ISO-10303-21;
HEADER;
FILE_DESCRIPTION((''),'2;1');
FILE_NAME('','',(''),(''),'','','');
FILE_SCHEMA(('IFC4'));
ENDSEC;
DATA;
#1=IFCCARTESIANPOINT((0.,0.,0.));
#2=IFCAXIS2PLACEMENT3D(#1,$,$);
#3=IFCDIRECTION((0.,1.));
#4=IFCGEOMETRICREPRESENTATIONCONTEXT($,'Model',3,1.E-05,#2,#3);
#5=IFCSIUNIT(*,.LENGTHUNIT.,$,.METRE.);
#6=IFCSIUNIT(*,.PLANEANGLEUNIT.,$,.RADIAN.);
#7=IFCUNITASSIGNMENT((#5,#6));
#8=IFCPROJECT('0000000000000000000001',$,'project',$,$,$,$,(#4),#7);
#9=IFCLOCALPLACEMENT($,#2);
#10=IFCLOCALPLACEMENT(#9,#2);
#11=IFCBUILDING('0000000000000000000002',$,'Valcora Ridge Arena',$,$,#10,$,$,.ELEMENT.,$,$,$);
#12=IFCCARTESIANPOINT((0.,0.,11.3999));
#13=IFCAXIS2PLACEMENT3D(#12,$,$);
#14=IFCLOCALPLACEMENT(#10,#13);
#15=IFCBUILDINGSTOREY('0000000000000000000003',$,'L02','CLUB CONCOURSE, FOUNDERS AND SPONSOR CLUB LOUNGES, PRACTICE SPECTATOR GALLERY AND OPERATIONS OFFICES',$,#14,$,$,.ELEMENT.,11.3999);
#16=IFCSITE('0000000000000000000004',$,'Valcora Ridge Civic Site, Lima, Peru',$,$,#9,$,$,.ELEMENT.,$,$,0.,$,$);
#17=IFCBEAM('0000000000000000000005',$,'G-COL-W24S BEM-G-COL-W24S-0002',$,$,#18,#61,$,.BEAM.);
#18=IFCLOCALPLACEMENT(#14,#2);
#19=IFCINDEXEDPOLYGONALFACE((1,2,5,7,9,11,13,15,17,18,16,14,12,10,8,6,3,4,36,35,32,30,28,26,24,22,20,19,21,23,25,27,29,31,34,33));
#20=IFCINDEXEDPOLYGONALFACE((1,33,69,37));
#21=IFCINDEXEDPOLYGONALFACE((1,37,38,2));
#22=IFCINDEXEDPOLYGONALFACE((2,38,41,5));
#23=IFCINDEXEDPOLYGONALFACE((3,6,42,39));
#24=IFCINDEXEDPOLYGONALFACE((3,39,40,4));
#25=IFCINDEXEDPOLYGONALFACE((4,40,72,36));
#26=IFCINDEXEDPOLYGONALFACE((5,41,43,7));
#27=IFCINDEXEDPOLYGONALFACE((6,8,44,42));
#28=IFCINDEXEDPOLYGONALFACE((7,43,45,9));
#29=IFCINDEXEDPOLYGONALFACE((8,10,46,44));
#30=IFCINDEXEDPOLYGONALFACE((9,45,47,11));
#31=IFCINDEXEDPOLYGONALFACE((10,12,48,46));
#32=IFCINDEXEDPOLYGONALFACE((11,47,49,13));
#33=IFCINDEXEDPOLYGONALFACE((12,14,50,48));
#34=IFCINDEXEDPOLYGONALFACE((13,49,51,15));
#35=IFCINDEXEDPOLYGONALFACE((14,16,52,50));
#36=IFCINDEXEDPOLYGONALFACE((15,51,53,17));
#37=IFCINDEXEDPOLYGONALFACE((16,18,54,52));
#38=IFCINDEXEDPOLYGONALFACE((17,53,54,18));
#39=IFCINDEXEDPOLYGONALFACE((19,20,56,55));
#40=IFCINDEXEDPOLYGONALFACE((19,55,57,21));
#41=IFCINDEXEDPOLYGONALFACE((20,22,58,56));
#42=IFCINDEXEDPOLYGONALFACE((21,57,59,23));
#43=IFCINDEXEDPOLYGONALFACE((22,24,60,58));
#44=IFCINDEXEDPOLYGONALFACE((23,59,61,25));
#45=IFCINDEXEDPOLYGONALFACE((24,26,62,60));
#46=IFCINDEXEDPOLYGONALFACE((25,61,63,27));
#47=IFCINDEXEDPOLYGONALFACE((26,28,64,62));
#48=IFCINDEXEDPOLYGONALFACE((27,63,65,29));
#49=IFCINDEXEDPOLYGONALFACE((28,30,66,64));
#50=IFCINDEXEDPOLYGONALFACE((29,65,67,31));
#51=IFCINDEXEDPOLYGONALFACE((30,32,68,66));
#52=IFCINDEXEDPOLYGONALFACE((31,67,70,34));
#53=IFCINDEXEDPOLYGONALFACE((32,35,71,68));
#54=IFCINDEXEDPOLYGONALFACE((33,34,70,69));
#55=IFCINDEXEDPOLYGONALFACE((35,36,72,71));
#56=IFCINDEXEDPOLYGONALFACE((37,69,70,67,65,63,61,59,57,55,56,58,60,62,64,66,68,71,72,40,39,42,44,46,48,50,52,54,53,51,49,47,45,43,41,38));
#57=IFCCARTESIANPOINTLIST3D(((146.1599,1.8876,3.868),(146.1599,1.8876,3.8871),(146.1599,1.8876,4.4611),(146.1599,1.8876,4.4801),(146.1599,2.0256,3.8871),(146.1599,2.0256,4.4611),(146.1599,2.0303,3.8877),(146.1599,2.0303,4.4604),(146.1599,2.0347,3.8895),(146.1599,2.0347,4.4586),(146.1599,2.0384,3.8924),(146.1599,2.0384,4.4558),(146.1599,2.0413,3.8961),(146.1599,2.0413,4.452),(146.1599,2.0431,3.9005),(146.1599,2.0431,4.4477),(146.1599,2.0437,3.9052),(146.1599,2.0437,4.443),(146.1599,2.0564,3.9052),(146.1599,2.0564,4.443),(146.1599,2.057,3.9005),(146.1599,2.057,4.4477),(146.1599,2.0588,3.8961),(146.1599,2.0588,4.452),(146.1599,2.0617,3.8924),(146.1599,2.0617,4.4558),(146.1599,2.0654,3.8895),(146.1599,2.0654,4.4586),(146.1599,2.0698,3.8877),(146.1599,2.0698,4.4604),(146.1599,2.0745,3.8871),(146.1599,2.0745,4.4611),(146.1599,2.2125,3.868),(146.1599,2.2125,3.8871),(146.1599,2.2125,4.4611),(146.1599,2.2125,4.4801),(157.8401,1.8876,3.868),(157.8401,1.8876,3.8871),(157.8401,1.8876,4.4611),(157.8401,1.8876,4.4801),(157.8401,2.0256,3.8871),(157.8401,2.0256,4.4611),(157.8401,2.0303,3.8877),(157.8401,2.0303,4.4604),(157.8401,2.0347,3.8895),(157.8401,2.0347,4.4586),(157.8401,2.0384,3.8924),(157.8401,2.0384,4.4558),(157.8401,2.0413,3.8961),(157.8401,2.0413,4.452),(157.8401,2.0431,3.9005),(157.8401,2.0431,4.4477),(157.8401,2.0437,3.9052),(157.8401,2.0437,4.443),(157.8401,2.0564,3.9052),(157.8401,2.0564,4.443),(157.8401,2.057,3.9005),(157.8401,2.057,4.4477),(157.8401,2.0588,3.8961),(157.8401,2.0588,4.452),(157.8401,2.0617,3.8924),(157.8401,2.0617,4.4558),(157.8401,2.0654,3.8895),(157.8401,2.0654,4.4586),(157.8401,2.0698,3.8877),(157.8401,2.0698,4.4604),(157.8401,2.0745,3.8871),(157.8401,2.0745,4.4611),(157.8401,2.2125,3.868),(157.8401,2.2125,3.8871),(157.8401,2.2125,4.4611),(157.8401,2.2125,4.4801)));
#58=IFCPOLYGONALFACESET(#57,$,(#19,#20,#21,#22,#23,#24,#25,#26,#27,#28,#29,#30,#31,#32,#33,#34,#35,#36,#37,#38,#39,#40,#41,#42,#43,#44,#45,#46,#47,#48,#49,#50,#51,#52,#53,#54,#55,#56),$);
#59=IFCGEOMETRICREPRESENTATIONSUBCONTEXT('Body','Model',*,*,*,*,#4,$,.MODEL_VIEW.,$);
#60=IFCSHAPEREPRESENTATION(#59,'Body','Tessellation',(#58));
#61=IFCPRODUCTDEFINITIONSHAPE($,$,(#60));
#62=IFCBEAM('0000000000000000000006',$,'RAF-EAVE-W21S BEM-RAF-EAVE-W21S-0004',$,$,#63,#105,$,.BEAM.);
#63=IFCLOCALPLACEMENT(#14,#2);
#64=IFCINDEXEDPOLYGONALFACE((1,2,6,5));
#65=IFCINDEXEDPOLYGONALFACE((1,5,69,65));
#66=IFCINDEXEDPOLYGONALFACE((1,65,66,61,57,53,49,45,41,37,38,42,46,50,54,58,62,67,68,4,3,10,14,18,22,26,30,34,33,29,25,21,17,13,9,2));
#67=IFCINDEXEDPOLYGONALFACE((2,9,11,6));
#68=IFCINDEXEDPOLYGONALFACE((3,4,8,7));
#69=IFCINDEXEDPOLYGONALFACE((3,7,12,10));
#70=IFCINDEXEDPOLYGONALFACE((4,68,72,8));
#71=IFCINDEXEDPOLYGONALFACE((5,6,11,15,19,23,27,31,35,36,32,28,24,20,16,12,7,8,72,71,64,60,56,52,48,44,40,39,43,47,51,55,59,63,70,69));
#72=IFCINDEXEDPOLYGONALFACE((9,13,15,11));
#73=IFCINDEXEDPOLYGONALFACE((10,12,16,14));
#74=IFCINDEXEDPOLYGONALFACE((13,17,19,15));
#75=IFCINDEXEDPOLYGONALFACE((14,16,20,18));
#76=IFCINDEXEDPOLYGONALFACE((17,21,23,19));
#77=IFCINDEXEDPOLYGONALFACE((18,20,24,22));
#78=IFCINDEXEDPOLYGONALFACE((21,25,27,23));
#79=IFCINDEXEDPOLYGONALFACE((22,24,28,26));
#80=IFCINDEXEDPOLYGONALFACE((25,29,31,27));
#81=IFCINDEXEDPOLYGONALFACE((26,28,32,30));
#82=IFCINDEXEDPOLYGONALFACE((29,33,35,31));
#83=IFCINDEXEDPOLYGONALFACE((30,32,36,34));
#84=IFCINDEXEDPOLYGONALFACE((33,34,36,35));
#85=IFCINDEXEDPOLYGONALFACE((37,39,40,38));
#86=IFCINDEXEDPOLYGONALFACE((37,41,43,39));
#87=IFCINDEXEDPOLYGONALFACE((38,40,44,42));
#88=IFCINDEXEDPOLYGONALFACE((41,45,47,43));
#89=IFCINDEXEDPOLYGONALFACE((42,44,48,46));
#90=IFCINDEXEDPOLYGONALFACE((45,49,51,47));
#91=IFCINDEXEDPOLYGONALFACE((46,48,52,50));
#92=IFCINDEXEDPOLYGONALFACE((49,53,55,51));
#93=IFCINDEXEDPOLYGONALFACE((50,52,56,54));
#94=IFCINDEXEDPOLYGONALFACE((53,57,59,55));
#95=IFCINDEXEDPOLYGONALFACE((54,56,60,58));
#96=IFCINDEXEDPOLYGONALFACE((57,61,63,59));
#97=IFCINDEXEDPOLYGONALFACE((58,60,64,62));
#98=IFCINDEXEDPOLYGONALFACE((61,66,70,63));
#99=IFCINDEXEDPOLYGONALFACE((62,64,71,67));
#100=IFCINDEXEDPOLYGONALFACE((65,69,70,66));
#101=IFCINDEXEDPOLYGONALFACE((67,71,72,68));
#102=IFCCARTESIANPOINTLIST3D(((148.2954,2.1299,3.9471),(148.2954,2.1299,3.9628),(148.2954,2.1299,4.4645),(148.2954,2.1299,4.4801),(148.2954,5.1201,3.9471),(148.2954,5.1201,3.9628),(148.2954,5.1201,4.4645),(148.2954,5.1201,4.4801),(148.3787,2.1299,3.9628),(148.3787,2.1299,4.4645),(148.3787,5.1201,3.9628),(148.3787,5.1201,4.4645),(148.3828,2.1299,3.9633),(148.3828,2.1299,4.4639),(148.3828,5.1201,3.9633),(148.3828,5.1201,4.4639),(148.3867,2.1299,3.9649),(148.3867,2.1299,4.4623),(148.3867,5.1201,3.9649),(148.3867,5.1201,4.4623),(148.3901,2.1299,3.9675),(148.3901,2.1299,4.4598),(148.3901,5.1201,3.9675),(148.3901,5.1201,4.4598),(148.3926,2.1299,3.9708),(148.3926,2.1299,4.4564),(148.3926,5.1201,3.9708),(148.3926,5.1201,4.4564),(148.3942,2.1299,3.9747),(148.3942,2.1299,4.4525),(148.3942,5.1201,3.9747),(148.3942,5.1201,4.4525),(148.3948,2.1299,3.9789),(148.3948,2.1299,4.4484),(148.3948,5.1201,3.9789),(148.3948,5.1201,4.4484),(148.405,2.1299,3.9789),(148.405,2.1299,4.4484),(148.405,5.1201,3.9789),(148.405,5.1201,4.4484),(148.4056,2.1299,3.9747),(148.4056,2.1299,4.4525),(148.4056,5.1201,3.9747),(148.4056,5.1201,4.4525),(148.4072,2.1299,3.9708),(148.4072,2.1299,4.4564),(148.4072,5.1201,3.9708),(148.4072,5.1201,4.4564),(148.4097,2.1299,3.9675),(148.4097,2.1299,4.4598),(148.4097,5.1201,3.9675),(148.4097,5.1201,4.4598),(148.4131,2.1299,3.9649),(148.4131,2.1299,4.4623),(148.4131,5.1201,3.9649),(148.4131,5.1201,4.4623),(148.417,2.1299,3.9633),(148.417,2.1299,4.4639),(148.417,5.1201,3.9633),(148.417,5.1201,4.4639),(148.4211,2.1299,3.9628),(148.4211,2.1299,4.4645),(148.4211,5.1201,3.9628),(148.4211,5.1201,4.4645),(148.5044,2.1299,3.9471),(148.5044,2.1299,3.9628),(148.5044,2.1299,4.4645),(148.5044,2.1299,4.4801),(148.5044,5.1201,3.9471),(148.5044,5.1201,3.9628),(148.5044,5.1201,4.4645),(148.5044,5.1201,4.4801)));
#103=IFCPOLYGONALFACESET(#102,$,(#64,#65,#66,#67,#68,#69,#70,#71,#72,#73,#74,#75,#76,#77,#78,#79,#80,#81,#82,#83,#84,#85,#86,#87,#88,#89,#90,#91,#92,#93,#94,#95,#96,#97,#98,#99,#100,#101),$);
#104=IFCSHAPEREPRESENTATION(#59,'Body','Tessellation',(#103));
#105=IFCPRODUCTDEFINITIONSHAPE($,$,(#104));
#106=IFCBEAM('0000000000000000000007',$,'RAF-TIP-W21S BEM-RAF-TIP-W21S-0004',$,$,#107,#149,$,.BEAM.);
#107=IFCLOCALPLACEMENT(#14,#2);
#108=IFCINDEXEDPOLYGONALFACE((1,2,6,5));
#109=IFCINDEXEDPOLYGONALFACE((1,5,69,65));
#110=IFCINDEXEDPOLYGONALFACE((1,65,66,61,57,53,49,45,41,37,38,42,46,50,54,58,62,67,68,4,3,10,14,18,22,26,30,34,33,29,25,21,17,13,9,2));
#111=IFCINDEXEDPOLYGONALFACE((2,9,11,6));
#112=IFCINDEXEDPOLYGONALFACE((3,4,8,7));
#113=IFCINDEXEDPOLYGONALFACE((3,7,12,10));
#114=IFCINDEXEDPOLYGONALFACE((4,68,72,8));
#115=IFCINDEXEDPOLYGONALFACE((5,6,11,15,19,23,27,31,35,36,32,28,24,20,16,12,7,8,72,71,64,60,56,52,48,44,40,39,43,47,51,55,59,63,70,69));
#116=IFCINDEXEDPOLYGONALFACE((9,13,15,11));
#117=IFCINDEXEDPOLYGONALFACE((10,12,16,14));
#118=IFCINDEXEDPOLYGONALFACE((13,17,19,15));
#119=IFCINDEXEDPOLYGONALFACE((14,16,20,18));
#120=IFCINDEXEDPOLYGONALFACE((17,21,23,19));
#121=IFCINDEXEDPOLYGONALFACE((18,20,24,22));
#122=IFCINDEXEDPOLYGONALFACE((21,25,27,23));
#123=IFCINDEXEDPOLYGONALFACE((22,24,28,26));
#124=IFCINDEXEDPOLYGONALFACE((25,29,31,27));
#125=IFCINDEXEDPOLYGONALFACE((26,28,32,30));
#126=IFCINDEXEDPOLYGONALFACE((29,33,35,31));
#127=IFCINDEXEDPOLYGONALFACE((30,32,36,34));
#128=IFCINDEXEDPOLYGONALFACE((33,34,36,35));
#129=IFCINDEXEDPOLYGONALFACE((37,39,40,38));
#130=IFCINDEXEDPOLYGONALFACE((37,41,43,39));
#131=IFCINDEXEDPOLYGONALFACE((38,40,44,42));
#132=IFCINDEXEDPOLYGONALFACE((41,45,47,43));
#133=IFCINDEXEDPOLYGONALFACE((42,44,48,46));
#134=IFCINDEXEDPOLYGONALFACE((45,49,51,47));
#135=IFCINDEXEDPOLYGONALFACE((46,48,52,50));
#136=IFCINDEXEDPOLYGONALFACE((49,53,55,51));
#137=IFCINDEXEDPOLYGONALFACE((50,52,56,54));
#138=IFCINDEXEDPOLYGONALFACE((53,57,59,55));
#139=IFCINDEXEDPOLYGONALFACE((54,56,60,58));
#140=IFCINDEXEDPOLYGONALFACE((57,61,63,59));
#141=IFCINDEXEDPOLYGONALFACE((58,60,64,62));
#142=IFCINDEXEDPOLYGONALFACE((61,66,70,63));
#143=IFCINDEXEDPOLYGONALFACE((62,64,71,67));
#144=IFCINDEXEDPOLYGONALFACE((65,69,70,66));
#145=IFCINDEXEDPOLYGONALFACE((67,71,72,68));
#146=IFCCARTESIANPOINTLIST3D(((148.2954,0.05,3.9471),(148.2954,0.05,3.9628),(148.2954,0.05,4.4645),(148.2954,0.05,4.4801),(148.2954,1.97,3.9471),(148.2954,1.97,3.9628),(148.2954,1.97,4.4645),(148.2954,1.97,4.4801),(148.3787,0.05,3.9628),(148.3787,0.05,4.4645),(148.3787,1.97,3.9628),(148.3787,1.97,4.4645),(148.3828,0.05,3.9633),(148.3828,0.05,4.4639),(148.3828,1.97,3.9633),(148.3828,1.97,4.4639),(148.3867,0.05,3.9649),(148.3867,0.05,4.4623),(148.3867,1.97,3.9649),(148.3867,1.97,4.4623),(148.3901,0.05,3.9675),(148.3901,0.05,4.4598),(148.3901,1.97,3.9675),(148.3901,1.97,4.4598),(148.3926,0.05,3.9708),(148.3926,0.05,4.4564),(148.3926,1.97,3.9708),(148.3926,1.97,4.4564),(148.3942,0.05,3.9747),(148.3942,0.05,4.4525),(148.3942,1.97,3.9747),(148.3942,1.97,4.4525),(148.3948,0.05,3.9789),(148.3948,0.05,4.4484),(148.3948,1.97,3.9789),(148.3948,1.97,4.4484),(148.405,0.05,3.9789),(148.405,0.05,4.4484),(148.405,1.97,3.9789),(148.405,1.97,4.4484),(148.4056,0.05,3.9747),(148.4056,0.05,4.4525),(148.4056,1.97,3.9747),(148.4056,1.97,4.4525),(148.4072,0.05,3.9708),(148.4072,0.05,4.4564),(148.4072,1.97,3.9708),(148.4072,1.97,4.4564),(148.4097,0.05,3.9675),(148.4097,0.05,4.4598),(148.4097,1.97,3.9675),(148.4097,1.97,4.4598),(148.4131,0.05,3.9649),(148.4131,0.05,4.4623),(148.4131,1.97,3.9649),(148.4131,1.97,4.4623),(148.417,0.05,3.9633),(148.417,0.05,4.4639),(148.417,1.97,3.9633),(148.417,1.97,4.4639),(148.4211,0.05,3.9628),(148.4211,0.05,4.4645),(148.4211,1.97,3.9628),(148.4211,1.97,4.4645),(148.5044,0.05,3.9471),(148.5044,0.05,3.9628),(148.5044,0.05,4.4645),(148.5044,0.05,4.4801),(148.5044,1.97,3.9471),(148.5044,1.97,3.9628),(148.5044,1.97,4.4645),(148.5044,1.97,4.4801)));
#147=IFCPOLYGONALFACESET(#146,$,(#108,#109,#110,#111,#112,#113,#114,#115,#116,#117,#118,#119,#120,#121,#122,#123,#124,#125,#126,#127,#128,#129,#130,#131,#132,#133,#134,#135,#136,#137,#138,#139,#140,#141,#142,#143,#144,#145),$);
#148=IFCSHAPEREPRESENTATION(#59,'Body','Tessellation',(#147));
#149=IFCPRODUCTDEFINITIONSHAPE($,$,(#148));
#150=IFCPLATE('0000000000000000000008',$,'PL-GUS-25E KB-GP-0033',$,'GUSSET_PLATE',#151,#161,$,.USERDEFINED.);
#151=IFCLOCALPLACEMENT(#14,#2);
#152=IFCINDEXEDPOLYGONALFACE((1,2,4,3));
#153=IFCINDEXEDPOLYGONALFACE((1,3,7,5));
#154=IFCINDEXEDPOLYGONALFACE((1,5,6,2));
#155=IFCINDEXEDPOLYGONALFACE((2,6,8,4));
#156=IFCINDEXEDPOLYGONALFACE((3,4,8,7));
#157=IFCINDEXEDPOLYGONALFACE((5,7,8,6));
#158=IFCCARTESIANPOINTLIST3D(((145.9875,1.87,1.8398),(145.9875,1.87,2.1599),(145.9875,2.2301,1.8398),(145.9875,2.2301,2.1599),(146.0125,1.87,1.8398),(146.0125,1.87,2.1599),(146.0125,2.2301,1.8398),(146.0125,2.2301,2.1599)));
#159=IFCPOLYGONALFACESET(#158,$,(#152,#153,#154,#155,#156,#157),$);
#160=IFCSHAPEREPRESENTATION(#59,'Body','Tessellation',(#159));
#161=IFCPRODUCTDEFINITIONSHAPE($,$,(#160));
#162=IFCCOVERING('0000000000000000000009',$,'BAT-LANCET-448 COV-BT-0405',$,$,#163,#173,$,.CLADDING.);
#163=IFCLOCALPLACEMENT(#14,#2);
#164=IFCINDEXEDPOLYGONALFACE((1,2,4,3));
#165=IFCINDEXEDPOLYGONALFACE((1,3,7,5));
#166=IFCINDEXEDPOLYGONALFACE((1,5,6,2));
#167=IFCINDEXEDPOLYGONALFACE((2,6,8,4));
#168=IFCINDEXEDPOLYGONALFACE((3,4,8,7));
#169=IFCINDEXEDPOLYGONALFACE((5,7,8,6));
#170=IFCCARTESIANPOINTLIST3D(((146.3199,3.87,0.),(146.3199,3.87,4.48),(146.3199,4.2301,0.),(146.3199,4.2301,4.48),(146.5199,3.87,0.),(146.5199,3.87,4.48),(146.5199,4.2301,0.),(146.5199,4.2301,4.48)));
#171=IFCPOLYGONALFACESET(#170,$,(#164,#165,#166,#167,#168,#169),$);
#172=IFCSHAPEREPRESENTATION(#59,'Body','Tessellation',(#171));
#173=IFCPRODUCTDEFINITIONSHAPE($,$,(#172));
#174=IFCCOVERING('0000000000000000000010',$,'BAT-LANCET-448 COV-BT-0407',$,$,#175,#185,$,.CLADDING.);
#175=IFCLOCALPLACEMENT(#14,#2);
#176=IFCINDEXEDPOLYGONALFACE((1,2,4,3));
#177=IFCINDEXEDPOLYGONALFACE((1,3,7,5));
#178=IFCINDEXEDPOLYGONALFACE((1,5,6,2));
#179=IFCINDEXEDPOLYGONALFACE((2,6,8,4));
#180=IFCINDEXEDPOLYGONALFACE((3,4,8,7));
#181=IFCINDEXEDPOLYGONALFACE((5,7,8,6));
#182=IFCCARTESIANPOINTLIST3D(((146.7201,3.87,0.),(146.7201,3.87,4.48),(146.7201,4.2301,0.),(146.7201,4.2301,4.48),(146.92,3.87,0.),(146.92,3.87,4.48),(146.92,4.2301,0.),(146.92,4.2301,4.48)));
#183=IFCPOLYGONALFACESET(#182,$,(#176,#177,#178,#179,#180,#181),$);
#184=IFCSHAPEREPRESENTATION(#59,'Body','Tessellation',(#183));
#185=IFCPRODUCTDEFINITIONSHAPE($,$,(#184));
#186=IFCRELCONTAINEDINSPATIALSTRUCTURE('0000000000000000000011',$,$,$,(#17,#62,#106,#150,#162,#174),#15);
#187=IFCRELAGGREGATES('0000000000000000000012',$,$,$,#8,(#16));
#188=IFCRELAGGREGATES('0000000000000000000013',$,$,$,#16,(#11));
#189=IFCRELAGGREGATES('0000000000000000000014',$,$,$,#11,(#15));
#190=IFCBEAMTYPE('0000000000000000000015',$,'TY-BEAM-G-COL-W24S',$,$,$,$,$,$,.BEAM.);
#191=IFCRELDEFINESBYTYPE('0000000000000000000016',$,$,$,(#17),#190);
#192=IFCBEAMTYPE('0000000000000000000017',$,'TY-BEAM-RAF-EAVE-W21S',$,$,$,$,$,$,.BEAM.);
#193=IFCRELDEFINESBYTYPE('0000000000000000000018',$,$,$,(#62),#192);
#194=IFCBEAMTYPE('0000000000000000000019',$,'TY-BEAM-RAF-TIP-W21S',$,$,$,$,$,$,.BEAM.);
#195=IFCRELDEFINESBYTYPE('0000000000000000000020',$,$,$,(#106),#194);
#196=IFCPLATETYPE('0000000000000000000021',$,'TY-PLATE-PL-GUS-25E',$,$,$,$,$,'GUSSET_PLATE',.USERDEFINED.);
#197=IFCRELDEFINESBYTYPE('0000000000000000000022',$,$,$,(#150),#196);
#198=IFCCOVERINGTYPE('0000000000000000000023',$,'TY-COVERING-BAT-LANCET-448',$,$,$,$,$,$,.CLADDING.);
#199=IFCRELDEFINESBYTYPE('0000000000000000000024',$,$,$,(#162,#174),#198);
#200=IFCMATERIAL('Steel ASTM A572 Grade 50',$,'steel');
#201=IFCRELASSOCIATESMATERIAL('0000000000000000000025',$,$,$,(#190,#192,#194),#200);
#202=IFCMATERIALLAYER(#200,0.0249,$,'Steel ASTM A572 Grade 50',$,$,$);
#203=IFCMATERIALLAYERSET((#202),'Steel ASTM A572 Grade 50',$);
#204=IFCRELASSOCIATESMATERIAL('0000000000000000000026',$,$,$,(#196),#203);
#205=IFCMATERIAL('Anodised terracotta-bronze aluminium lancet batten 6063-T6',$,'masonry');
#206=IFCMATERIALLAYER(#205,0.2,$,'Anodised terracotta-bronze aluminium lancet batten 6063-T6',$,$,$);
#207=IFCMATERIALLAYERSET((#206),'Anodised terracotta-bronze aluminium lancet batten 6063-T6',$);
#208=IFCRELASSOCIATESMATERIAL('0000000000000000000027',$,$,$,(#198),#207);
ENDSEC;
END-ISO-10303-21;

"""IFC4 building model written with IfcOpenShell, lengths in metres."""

from ifc_helpers import new_model, si_unit, direction, frame, origin, origin_2d, place, context, subcontext, project, spatial, rectangle, i_section, extrude, material, layer, layer_set, material_profile, profile_set, type_object, element, save


model = new_model("IFC4")

# Units and contexts
model_context = context("Model", 3, precision=1e-05, world=origin(), true_north=direction((0.0, 1.0)))
body_context = subcontext(model_context, "Body", "Model", "MODEL_VIEW")
ifc_project = project(units=[si_unit("LENGTHUNIT", "METRE"), si_unit("PLANEANGLEUNIT", "RADIAN")], contexts=[model_context])

# Site, building, storey
site_placement = place(None, origin())
site = spatial("IfcSite", under=ifc_project, at=site_placement, Name="Valcora Ridge Civic Site, Lima, Peru", CompositionType="ELEMENT", RefElevation=0.0)
building_placement = place(site_placement, origin())
building = spatial("IfcBuilding", under=site, at=building_placement, Name="Valcora Ridge Arena", CompositionType="ELEMENT")
storey_placement = place(building_placement, frame((0.0, 0.0, 11.3999)))
storey = spatial("IfcBuildingStorey", under=building, at=storey_placement, Name="L02", Description="CLUB CONCOURSE, FOUNDERS AND SPONSOR CLUB LOUNGES, PRACTICE SPECTATOR GALLERY AND OPERATIONS OFFICES", CompositionType="ELEMENT", Elevation=11.3999)

# Beams
ifc_material_1 = material(Name="Steel ASTM A572 Grade 50", Category="steel")
ifc_material_profile_1 = material_profile(ifc_material_1, i_section(OverallWidth=0.325, OverallDepth=0.6121, WebThickness=0.0127, FlangeThickness=0.019, FilletRadius=0.0181, at=origin_2d()), Name="W24X104")
ifc_profile_set_1 = profile_set([ifc_material_profile_1], Name="Steel ASTM A572 Grade 50")
beam_type_1 = type_object("IfcBeamType", Name="TY-BEAM-G-COL-W24S", PredefinedType="BEAM", material=ifc_profile_set_1)
beam_1_placement = place(storey_placement, frame((146.1599, 2.05, 4.1741), z_axis=(1.0, 0.0, 0.0), x_axis=(0.0, 1.0, 0.0)))
element("IfcBeam", 1, at=beam_1_placement, inside=storey, type_object=beam_type_1, Name="G-COL-W24S BEM-G-COL-W24S-0002", PredefinedType="BEAM", context=body_context, shape_type="SweptSolid", body=[
    extrude(i_section(OverallWidth=0.325, OverallDepth=0.6121, WebThickness=0.0127, FlangeThickness=0.019, FilletRadius=0.0181, at=origin_2d()), origin(), (0.0, 0.0, 1.0), 11.6802),
])
ifc_material_profile_2 = material_profile(ifc_material_1, i_section(OverallWidth=0.209, OverallDepth=0.533, WebThickness=0.0103, FlangeThickness=0.0156, FilletRadius=0.0161, at=origin_2d()), Name="W21X62")
ifc_profile_set_2 = profile_set([ifc_material_profile_2], Name="Steel ASTM A572 Grade 50")
beam_type_2 = type_object("IfcBeamType", Name="TY-BEAM-RAF-EAVE-W21S", PredefinedType="BEAM", material=ifc_profile_set_2)
beam_2_placement = place(storey_placement, frame((148.3999, 2.1299, 4.2136), z_axis=(0.0, 1.0, 0.0), x_axis=(-1.0, 0.0, 0.0)))
element("IfcBeam", 2, at=beam_2_placement, inside=storey, type_object=beam_type_2, Name="RAF-EAVE-W21S BEM-RAF-EAVE-W21S-0004", PredefinedType="BEAM", context=body_context, shape_type="SweptSolid", body=[
    extrude(i_section(OverallWidth=0.209, OverallDepth=0.533, WebThickness=0.0103, FlangeThickness=0.0156, FilletRadius=0.0161, at=origin_2d()), origin(), (0.0, 0.0, 1.0), 2.9902),
])
ifc_material_profile_3 = material_profile(ifc_material_1, i_section(OverallWidth=0.209, OverallDepth=0.533, WebThickness=0.0103, FlangeThickness=0.0156, FilletRadius=0.0161, at=origin_2d()), Name="W21X62")
ifc_profile_set_3 = profile_set([ifc_material_profile_3], Name="Steel ASTM A572 Grade 50")
beam_type_3 = type_object("IfcBeamType", Name="TY-BEAM-RAF-TIP-W21S", PredefinedType="BEAM", material=ifc_profile_set_3)
beam_3_placement = place(storey_placement, frame((148.3999, 0.05, 4.2136), z_axis=(0.0, 1.0, 0.0), x_axis=(-1.0, 0.0, 0.0)))
element("IfcBeam", 3, at=beam_3_placement, inside=storey, type_object=beam_type_3, Name="RAF-TIP-W21S BEM-RAF-TIP-W21S-0004", PredefinedType="BEAM", context=body_context, shape_type="SweptSolid", body=[
    extrude(i_section(OverallWidth=0.209, OverallDepth=0.533, WebThickness=0.0103, FlangeThickness=0.0156, FilletRadius=0.0161, at=origin_2d()), origin(), (0.0, 0.0, 1.0), 1.9199),
])

# Plate
ifc_layer_1 = layer(ifc_material_1, 0.0249, Name="Steel ASTM A572 Grade 50")
ifc_layer_set_1 = layer_set([ifc_layer_1], Name="Steel ASTM A572 Grade 50")
plate_type = type_object("IfcPlateType", Name="TY-PLATE-PL-GUS-25E", ElementType="GUSSET_PLATE", PredefinedType="USERDEFINED", material=ifc_layer_set_1)
plate_placement = place(storey_placement, frame((146.0, 2.05, 1.8398), z_axis=(0.0, 0.0, 1.0), x_axis=(1.0, 0.0, 0.0)))
element("IfcPlate", 4, at=plate_placement, inside=storey, type_object=plate_type, Name="PL-GUS-25E KB-GP-0033", ObjectType="GUSSET_PLATE", PredefinedType="USERDEFINED", context=body_context, shape_type="SweptSolid", body=[
    extrude(rectangle(XDim=0.0249, YDim=0.3601, at=origin_2d()), origin(), (0.0, 0.0, 1.0), 0.3201),
])

# Coverings
ifc_material_2 = material(Name="Anodised terracotta-bronze aluminium lancet batten 6063-T6", Category="masonry")
ifc_layer_2 = layer(ifc_material_2, 0.2, Name="Anodised terracotta-bronze aluminium lancet batten 6063-T6")
ifc_layer_set_2 = layer_set([ifc_layer_2], Name="Anodised terracotta-bronze aluminium lancet batten 6063-T6")
covering_type = type_object("IfcCoveringType", Name="TY-COVERING-BAT-LANCET-448", PredefinedType="CLADDING", material=ifc_layer_set_2)
for number, where, z_axis, x_axis, name in (
    (5, (146.4199, 4.05, 0.0), (0.0, 0.0, 1.0), (1.0, 0.0, 0.0), "BAT-LANCET-448 COV-BT-0405"),
    (6, (146.8201, 4.05, 0.0), (0.0, 0.0, 1.0), (1.0, 0.0, 0.0), "BAT-LANCET-448 COV-BT-0407"),
):
    element("IfcCovering", number, at=place(storey_placement, frame(where, z_axis=z_axis, x_axis=x_axis)), inside=storey, type_object=covering_type, Name=name, PredefinedType="CLADDING", context=body_context, shape_type="SweptSolid", body=[
        extrude(rectangle(XDim=0.2, YDim=0.3601, at=origin_2d()), origin(), (0.0, 0.0, 1.0), 4.48),
    ])

save(model, "model.ifc")
